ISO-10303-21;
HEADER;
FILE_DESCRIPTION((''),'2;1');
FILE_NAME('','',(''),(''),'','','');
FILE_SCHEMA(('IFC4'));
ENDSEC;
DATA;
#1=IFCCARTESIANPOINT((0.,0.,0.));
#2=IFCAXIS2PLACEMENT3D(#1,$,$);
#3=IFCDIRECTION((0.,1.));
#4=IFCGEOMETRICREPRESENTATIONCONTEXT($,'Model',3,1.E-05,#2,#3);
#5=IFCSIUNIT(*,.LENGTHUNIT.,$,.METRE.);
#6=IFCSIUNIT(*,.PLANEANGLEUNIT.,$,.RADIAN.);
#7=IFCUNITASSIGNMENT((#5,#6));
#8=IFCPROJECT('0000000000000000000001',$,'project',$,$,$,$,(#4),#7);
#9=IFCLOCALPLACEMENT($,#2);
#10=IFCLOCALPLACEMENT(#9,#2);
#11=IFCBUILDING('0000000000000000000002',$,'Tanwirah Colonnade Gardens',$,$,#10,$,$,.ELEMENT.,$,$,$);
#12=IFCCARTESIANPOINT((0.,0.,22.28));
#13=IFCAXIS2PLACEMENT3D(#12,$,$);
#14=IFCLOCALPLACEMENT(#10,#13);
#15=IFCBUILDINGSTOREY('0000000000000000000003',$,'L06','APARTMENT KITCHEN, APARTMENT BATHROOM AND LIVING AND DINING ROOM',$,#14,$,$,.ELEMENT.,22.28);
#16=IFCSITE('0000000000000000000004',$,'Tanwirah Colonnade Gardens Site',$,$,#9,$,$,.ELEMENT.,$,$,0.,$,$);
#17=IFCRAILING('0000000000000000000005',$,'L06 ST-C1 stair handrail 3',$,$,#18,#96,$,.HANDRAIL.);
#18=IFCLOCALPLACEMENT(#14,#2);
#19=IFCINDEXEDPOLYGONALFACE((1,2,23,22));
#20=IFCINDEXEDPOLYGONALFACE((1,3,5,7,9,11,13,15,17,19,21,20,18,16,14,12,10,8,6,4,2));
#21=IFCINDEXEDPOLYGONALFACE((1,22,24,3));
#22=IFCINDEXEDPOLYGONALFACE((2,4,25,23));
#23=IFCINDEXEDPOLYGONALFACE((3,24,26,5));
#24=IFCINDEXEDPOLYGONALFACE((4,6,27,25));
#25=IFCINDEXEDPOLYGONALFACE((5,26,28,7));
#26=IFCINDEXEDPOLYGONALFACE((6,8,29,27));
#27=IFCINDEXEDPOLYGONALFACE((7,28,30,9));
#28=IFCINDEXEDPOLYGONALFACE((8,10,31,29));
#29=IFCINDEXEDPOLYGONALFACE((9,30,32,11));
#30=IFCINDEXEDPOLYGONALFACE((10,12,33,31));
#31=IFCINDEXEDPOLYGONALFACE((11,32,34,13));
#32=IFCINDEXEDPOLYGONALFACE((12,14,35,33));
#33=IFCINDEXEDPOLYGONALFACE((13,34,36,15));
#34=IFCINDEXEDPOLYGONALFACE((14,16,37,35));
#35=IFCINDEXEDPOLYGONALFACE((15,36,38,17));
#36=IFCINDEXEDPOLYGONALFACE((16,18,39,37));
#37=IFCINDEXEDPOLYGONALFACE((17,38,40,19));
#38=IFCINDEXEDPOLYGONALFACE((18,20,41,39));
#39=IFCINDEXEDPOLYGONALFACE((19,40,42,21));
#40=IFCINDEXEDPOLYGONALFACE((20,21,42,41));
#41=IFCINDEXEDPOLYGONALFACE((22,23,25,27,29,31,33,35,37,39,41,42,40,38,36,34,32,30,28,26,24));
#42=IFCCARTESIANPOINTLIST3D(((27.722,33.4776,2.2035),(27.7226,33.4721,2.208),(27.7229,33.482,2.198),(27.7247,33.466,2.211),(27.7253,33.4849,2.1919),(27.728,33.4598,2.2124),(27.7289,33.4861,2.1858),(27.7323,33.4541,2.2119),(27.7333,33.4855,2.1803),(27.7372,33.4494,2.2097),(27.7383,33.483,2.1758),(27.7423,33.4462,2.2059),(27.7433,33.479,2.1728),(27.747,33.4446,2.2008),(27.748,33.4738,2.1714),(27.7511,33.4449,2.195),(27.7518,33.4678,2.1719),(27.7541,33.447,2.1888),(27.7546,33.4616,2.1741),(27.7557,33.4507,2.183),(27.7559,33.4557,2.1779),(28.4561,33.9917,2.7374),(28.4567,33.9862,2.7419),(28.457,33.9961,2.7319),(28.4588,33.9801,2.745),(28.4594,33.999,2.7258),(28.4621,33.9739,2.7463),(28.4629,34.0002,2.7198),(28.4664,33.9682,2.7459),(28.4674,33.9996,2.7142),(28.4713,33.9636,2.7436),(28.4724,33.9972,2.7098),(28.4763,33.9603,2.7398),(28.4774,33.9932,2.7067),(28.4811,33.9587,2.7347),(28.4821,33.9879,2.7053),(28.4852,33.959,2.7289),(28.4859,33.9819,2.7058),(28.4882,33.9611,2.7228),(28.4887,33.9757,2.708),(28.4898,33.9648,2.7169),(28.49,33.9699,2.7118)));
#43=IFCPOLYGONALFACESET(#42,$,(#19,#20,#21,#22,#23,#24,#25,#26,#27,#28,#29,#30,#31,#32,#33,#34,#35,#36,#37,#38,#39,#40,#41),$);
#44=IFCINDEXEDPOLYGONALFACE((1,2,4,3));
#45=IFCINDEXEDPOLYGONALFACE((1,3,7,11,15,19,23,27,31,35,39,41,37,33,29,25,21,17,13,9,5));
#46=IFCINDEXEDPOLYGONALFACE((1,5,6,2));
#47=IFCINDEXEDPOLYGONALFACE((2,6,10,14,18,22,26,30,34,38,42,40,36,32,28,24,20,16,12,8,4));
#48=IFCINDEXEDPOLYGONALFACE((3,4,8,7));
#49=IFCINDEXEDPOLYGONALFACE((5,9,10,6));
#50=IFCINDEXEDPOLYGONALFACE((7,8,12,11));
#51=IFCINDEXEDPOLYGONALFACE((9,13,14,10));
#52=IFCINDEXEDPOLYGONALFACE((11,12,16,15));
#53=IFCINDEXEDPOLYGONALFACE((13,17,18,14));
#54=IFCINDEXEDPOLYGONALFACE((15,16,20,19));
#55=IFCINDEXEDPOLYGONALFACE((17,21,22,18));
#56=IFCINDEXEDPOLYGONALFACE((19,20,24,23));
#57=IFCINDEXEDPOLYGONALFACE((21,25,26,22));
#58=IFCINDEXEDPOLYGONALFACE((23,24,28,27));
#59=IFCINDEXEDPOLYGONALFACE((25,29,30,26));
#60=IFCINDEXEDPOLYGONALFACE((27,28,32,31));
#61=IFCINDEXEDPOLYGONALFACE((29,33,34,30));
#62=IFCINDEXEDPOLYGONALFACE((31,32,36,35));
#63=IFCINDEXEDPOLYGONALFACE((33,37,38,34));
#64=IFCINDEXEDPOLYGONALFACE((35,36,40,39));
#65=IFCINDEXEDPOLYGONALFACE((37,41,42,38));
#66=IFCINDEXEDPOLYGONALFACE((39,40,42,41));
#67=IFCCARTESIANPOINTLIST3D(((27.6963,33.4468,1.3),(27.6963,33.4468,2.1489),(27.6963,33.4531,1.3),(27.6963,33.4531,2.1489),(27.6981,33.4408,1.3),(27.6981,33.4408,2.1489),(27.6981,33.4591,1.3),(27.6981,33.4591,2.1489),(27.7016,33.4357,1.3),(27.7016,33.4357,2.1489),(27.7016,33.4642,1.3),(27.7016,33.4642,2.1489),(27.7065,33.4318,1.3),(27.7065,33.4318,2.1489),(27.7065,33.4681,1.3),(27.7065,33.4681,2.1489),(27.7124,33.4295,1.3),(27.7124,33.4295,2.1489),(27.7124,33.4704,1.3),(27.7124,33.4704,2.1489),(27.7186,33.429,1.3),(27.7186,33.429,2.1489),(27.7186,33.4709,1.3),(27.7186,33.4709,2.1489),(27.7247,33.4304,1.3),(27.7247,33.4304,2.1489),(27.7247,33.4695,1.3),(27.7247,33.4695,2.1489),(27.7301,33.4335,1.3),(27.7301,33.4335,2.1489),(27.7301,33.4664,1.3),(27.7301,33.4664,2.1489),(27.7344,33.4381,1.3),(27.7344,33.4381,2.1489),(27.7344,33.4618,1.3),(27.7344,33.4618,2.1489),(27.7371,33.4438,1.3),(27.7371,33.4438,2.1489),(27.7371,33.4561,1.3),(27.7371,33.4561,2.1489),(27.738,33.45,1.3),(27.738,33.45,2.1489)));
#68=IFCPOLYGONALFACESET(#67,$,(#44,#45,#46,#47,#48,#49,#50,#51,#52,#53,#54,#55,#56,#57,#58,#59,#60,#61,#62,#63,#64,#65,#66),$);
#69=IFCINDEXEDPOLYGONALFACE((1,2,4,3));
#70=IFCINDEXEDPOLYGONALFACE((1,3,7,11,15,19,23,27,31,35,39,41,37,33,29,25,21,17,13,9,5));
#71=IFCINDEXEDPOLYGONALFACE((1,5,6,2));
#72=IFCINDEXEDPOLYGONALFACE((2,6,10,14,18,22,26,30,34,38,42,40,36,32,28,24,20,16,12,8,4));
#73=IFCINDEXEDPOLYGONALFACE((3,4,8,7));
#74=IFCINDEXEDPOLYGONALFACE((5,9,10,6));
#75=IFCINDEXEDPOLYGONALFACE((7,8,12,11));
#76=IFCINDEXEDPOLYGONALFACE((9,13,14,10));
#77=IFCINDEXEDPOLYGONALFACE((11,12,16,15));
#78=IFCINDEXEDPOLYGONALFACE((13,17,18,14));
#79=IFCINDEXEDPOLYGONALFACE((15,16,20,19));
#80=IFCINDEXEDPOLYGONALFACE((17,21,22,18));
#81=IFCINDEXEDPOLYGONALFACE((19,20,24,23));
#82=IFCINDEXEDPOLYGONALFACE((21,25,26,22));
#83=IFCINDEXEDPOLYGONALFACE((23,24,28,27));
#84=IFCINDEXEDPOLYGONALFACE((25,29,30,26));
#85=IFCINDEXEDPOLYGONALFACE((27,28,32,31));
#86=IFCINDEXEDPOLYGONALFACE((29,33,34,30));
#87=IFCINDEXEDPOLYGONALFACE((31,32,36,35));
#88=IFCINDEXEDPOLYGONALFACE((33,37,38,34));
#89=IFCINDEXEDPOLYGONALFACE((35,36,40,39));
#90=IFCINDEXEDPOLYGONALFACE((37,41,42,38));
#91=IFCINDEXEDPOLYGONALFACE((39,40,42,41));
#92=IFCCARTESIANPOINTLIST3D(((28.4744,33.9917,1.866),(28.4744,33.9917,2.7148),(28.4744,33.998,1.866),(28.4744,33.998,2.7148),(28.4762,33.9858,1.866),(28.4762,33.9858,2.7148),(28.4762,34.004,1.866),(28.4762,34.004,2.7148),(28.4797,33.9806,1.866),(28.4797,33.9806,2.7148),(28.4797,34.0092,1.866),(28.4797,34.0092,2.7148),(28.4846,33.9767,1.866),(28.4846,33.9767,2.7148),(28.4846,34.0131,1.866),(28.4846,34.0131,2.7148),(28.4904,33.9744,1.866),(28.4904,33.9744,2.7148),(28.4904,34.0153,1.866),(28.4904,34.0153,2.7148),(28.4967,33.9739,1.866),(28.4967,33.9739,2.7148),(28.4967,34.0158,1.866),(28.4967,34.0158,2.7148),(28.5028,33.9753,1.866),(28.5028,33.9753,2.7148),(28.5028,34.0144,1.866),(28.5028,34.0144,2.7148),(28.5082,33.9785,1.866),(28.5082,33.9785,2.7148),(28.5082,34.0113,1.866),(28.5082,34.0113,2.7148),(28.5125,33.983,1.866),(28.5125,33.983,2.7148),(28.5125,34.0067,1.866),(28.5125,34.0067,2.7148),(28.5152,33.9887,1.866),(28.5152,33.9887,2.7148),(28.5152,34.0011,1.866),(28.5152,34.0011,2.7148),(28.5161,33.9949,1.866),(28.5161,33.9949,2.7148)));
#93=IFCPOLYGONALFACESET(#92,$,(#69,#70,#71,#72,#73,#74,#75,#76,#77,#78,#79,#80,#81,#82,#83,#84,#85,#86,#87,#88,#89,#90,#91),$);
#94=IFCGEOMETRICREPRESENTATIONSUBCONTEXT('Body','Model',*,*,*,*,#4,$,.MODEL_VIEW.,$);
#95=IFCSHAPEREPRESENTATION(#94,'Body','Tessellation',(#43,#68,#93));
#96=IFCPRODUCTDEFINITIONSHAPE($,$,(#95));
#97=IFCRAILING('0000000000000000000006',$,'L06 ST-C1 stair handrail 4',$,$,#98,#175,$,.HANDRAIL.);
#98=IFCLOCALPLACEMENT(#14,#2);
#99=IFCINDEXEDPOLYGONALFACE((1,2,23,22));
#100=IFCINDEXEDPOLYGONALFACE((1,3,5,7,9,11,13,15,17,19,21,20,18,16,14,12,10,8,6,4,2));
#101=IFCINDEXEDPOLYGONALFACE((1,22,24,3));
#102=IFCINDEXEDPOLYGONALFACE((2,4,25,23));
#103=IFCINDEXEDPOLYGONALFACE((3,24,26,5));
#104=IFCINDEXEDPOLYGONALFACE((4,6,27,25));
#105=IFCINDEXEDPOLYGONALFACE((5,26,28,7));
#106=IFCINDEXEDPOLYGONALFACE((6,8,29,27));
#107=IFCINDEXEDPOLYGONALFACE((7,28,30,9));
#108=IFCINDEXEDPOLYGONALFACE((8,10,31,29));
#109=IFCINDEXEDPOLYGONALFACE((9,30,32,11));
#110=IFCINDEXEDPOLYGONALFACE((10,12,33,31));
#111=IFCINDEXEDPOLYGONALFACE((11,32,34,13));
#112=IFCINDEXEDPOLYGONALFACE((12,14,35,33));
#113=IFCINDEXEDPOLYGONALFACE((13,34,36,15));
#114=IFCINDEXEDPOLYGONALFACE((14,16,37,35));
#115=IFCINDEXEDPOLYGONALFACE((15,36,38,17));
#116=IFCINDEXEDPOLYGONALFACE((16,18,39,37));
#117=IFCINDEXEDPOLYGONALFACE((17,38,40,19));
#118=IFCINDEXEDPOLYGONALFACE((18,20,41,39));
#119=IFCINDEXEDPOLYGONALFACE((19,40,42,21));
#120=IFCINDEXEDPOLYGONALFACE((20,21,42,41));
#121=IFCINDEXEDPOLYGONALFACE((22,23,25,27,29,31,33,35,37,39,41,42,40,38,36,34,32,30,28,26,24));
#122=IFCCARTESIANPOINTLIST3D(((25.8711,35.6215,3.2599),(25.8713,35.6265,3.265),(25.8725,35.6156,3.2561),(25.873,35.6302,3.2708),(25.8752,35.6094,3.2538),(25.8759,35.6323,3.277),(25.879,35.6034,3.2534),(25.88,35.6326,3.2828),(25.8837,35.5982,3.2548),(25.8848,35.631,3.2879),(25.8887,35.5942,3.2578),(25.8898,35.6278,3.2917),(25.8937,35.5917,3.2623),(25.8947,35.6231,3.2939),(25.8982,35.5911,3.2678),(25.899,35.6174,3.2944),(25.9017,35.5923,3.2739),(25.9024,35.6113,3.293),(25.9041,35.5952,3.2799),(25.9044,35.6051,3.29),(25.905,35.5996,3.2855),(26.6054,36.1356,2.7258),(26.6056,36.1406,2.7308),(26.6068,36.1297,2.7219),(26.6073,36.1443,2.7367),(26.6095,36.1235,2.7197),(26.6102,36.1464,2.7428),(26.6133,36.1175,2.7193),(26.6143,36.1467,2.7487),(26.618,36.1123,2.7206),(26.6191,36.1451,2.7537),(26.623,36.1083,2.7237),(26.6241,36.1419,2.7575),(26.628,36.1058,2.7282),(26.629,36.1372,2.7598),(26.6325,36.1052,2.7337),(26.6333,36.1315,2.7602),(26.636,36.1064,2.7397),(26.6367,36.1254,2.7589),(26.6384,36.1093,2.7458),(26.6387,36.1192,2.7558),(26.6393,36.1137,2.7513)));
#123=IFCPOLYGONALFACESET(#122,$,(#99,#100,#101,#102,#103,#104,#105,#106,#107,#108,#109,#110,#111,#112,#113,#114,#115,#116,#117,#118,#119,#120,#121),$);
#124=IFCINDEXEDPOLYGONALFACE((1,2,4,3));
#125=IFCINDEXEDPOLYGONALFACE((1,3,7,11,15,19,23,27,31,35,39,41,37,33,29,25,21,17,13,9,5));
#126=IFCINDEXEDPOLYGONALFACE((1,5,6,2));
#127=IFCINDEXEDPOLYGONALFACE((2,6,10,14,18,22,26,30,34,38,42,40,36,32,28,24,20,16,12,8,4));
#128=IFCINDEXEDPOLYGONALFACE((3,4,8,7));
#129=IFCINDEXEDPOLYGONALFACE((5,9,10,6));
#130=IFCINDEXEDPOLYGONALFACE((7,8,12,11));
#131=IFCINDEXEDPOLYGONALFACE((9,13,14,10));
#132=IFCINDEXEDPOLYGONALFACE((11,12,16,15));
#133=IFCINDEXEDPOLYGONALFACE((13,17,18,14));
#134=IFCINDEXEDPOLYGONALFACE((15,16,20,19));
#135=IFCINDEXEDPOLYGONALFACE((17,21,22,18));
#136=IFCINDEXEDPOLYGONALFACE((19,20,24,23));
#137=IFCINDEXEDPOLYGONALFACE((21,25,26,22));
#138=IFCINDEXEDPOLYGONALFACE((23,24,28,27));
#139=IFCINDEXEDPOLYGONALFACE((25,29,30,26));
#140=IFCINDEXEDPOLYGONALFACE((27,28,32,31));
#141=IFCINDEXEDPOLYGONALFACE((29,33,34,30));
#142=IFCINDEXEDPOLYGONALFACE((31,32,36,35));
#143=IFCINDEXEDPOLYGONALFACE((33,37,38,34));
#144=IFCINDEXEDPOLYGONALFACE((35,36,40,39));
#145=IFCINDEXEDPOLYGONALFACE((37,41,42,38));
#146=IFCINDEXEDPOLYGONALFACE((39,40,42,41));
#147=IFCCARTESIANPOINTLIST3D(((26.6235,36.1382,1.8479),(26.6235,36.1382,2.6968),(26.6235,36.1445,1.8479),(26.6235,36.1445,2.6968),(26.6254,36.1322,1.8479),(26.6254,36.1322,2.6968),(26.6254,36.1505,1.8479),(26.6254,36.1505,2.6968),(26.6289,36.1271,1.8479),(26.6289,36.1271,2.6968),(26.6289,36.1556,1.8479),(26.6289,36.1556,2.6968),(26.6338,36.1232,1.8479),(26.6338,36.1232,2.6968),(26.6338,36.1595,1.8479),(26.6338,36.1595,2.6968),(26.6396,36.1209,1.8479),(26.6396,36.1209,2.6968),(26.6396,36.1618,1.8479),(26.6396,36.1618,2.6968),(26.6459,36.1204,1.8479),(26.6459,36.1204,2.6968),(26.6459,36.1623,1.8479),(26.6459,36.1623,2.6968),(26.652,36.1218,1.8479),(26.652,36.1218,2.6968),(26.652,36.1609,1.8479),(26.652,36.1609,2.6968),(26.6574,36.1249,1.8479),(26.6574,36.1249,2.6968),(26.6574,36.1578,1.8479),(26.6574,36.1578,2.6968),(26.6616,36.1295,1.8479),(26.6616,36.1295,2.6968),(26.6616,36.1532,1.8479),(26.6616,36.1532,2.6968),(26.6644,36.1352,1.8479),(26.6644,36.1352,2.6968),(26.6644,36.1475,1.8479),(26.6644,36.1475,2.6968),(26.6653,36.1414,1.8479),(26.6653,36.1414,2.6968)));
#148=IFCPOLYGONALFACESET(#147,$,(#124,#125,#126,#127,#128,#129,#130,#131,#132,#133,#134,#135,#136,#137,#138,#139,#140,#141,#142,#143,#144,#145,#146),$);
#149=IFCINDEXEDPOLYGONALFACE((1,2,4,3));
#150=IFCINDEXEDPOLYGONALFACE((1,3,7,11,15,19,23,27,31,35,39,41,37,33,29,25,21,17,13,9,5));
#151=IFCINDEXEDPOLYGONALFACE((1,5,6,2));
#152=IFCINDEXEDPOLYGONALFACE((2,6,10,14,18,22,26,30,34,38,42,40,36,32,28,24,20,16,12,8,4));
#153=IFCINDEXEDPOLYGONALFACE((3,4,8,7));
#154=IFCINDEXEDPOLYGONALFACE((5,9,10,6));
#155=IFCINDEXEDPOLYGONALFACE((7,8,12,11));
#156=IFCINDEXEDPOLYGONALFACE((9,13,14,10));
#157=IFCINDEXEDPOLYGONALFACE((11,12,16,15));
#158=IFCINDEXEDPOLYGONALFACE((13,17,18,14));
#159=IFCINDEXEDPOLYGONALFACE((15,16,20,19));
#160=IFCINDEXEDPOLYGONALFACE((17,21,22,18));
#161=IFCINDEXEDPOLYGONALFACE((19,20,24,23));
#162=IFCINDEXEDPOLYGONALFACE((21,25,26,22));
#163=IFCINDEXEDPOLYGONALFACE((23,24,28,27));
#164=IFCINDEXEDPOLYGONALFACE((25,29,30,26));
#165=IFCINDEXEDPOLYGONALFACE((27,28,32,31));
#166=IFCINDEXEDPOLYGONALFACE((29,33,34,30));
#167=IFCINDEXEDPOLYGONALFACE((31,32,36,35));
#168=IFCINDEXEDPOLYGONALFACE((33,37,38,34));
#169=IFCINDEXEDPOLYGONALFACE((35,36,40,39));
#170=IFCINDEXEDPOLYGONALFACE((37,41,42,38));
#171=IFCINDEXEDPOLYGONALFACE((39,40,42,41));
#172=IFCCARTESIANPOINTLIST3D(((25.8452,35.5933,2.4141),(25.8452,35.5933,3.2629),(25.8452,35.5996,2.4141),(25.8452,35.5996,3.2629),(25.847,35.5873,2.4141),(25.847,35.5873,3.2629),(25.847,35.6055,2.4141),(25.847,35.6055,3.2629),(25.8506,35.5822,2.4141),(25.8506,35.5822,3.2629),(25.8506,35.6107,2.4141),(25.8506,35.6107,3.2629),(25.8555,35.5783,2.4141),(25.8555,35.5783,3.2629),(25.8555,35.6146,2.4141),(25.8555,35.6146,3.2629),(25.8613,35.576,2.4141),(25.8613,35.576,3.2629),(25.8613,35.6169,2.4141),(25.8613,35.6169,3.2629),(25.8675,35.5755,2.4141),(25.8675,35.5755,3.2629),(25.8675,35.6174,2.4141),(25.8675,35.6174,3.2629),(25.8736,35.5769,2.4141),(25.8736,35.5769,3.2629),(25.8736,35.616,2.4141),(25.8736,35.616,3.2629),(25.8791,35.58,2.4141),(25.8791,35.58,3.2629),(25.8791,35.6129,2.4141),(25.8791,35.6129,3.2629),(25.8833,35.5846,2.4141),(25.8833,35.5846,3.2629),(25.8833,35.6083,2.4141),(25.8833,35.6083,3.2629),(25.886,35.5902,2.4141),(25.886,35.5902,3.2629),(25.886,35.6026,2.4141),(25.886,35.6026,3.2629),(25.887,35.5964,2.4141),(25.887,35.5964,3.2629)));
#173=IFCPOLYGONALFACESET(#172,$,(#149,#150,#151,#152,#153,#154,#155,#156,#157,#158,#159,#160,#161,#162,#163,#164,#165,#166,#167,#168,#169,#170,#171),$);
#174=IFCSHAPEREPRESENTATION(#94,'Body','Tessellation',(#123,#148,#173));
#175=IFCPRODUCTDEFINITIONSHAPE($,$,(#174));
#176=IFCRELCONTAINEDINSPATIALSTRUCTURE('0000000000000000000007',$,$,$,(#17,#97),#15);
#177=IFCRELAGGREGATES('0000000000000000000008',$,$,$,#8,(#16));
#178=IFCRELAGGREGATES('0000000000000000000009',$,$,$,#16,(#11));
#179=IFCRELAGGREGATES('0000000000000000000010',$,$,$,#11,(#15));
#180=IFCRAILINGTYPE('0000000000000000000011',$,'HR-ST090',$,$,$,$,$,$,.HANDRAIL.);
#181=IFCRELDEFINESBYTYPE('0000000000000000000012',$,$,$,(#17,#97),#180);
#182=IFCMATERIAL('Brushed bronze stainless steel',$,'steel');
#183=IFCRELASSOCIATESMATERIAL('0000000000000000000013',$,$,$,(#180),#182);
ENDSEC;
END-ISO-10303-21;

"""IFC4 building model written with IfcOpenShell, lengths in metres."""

from ifc_helpers import new_model, si_unit, direction, frame, origin, origin_2d, place, context, subcontext, project, spatial, circle, extrude, material, type_object, element, save


model = new_model("IFC4")

# Units and contexts
model_context = context("Model", 3, precision=1e-05, world=origin(), true_north=direction((0.0, 1.0)))
body_context = subcontext(model_context, "Body", "Model", "MODEL_VIEW")
ifc_project = project(units=[si_unit("LENGTHUNIT", "METRE"), si_unit("PLANEANGLEUNIT", "RADIAN")], contexts=[model_context])

# Site, building, storey
site_placement = place(None, origin())
site = spatial("IfcSite", under=ifc_project, at=site_placement, Name="Tanwirah Colonnade Gardens Site", CompositionType="ELEMENT", RefElevation=0.0)
building_placement = place(site_placement, origin())
building = spatial("IfcBuilding", under=site, at=building_placement, Name="Tanwirah Colonnade Gardens", CompositionType="ELEMENT")
storey_placement = place(building_placement, frame((0.0, 0.0, 22.28)))
storey = spatial("IfcBuildingStorey", under=building, at=storey_placement, Name="L06", Description="APARTMENT KITCHEN, APARTMENT BATHROOM AND LIVING AND DINING ROOM", CompositionType="ELEMENT", Elevation=22.28)

# Railings
ifc_material_1 = material(Name="Brushed bronze stainless steel", Category="steel")
railing_type_1 = type_object("IfcRailingType", Name="HR-ST090", PredefinedType="HANDRAIL", material=ifc_material_1)
railing_1_placement = place(storey_placement, frame((27.717, 33.45, 1.3)))
element("IfcRailing", 1, at=railing_1_placement, inside=storey, type_object=railing_type_1, Name="L06 ST-C1 stair handrail 3", PredefinedType="HANDRAIL", context=body_context, shape_type="SweptSolid", body=[
    extrude(circle(Radius=0.0239, at=origin_2d()), frame((0.022, 0.0154, 0.8918), z_axis=(0.703686, 0.492823, 0.511812), x_axis=(-0.573652, 0.819099, 0.0)), (0.0, 0.0, 1.0), 1.0432),
    extrude(circle(Radius=0.021, at=origin_2d()), origin(), (0.0, 0.0, 1.0), 0.8489),
    extrude(circle(Radius=0.021, at=origin_2d()), frame((0.7781, 0.5449, 0.5659)), (0.0, 0.0, 1.0), 0.8489),
])
railing_2_placement = place(storey_placement, frame((26.6443, 36.1414, 1.8479)))
element("IfcRailing", 2, at=railing_2_placement, inside=storey, type_object=railing_type_1, Name="L06 ST-C1 stair handrail 4", PredefinedType="HANDRAIL", context=body_context, shape_type="SweptSolid", body=[
    extrude(circle(Radius=0.0239, at=origin_2d()), frame((-0.022, -0.0154, 0.8918), z_axis=(-0.703718, -0.492691, 0.511895), x_axis=(0.573531, -0.819184, 0.0)), (0.0, 0.0, 1.0), 1.0435),
    extrude(circle(Radius=0.021, at=origin_2d()), origin(), (0.0, 0.0, 1.0), 0.8489),
    extrude(circle(Radius=0.021, at=origin_2d()), frame((-0.7783, -0.5449, 0.5662)), (0.0, 0.0, 1.0), 0.8489),
])

save(model, "model.ifc")
